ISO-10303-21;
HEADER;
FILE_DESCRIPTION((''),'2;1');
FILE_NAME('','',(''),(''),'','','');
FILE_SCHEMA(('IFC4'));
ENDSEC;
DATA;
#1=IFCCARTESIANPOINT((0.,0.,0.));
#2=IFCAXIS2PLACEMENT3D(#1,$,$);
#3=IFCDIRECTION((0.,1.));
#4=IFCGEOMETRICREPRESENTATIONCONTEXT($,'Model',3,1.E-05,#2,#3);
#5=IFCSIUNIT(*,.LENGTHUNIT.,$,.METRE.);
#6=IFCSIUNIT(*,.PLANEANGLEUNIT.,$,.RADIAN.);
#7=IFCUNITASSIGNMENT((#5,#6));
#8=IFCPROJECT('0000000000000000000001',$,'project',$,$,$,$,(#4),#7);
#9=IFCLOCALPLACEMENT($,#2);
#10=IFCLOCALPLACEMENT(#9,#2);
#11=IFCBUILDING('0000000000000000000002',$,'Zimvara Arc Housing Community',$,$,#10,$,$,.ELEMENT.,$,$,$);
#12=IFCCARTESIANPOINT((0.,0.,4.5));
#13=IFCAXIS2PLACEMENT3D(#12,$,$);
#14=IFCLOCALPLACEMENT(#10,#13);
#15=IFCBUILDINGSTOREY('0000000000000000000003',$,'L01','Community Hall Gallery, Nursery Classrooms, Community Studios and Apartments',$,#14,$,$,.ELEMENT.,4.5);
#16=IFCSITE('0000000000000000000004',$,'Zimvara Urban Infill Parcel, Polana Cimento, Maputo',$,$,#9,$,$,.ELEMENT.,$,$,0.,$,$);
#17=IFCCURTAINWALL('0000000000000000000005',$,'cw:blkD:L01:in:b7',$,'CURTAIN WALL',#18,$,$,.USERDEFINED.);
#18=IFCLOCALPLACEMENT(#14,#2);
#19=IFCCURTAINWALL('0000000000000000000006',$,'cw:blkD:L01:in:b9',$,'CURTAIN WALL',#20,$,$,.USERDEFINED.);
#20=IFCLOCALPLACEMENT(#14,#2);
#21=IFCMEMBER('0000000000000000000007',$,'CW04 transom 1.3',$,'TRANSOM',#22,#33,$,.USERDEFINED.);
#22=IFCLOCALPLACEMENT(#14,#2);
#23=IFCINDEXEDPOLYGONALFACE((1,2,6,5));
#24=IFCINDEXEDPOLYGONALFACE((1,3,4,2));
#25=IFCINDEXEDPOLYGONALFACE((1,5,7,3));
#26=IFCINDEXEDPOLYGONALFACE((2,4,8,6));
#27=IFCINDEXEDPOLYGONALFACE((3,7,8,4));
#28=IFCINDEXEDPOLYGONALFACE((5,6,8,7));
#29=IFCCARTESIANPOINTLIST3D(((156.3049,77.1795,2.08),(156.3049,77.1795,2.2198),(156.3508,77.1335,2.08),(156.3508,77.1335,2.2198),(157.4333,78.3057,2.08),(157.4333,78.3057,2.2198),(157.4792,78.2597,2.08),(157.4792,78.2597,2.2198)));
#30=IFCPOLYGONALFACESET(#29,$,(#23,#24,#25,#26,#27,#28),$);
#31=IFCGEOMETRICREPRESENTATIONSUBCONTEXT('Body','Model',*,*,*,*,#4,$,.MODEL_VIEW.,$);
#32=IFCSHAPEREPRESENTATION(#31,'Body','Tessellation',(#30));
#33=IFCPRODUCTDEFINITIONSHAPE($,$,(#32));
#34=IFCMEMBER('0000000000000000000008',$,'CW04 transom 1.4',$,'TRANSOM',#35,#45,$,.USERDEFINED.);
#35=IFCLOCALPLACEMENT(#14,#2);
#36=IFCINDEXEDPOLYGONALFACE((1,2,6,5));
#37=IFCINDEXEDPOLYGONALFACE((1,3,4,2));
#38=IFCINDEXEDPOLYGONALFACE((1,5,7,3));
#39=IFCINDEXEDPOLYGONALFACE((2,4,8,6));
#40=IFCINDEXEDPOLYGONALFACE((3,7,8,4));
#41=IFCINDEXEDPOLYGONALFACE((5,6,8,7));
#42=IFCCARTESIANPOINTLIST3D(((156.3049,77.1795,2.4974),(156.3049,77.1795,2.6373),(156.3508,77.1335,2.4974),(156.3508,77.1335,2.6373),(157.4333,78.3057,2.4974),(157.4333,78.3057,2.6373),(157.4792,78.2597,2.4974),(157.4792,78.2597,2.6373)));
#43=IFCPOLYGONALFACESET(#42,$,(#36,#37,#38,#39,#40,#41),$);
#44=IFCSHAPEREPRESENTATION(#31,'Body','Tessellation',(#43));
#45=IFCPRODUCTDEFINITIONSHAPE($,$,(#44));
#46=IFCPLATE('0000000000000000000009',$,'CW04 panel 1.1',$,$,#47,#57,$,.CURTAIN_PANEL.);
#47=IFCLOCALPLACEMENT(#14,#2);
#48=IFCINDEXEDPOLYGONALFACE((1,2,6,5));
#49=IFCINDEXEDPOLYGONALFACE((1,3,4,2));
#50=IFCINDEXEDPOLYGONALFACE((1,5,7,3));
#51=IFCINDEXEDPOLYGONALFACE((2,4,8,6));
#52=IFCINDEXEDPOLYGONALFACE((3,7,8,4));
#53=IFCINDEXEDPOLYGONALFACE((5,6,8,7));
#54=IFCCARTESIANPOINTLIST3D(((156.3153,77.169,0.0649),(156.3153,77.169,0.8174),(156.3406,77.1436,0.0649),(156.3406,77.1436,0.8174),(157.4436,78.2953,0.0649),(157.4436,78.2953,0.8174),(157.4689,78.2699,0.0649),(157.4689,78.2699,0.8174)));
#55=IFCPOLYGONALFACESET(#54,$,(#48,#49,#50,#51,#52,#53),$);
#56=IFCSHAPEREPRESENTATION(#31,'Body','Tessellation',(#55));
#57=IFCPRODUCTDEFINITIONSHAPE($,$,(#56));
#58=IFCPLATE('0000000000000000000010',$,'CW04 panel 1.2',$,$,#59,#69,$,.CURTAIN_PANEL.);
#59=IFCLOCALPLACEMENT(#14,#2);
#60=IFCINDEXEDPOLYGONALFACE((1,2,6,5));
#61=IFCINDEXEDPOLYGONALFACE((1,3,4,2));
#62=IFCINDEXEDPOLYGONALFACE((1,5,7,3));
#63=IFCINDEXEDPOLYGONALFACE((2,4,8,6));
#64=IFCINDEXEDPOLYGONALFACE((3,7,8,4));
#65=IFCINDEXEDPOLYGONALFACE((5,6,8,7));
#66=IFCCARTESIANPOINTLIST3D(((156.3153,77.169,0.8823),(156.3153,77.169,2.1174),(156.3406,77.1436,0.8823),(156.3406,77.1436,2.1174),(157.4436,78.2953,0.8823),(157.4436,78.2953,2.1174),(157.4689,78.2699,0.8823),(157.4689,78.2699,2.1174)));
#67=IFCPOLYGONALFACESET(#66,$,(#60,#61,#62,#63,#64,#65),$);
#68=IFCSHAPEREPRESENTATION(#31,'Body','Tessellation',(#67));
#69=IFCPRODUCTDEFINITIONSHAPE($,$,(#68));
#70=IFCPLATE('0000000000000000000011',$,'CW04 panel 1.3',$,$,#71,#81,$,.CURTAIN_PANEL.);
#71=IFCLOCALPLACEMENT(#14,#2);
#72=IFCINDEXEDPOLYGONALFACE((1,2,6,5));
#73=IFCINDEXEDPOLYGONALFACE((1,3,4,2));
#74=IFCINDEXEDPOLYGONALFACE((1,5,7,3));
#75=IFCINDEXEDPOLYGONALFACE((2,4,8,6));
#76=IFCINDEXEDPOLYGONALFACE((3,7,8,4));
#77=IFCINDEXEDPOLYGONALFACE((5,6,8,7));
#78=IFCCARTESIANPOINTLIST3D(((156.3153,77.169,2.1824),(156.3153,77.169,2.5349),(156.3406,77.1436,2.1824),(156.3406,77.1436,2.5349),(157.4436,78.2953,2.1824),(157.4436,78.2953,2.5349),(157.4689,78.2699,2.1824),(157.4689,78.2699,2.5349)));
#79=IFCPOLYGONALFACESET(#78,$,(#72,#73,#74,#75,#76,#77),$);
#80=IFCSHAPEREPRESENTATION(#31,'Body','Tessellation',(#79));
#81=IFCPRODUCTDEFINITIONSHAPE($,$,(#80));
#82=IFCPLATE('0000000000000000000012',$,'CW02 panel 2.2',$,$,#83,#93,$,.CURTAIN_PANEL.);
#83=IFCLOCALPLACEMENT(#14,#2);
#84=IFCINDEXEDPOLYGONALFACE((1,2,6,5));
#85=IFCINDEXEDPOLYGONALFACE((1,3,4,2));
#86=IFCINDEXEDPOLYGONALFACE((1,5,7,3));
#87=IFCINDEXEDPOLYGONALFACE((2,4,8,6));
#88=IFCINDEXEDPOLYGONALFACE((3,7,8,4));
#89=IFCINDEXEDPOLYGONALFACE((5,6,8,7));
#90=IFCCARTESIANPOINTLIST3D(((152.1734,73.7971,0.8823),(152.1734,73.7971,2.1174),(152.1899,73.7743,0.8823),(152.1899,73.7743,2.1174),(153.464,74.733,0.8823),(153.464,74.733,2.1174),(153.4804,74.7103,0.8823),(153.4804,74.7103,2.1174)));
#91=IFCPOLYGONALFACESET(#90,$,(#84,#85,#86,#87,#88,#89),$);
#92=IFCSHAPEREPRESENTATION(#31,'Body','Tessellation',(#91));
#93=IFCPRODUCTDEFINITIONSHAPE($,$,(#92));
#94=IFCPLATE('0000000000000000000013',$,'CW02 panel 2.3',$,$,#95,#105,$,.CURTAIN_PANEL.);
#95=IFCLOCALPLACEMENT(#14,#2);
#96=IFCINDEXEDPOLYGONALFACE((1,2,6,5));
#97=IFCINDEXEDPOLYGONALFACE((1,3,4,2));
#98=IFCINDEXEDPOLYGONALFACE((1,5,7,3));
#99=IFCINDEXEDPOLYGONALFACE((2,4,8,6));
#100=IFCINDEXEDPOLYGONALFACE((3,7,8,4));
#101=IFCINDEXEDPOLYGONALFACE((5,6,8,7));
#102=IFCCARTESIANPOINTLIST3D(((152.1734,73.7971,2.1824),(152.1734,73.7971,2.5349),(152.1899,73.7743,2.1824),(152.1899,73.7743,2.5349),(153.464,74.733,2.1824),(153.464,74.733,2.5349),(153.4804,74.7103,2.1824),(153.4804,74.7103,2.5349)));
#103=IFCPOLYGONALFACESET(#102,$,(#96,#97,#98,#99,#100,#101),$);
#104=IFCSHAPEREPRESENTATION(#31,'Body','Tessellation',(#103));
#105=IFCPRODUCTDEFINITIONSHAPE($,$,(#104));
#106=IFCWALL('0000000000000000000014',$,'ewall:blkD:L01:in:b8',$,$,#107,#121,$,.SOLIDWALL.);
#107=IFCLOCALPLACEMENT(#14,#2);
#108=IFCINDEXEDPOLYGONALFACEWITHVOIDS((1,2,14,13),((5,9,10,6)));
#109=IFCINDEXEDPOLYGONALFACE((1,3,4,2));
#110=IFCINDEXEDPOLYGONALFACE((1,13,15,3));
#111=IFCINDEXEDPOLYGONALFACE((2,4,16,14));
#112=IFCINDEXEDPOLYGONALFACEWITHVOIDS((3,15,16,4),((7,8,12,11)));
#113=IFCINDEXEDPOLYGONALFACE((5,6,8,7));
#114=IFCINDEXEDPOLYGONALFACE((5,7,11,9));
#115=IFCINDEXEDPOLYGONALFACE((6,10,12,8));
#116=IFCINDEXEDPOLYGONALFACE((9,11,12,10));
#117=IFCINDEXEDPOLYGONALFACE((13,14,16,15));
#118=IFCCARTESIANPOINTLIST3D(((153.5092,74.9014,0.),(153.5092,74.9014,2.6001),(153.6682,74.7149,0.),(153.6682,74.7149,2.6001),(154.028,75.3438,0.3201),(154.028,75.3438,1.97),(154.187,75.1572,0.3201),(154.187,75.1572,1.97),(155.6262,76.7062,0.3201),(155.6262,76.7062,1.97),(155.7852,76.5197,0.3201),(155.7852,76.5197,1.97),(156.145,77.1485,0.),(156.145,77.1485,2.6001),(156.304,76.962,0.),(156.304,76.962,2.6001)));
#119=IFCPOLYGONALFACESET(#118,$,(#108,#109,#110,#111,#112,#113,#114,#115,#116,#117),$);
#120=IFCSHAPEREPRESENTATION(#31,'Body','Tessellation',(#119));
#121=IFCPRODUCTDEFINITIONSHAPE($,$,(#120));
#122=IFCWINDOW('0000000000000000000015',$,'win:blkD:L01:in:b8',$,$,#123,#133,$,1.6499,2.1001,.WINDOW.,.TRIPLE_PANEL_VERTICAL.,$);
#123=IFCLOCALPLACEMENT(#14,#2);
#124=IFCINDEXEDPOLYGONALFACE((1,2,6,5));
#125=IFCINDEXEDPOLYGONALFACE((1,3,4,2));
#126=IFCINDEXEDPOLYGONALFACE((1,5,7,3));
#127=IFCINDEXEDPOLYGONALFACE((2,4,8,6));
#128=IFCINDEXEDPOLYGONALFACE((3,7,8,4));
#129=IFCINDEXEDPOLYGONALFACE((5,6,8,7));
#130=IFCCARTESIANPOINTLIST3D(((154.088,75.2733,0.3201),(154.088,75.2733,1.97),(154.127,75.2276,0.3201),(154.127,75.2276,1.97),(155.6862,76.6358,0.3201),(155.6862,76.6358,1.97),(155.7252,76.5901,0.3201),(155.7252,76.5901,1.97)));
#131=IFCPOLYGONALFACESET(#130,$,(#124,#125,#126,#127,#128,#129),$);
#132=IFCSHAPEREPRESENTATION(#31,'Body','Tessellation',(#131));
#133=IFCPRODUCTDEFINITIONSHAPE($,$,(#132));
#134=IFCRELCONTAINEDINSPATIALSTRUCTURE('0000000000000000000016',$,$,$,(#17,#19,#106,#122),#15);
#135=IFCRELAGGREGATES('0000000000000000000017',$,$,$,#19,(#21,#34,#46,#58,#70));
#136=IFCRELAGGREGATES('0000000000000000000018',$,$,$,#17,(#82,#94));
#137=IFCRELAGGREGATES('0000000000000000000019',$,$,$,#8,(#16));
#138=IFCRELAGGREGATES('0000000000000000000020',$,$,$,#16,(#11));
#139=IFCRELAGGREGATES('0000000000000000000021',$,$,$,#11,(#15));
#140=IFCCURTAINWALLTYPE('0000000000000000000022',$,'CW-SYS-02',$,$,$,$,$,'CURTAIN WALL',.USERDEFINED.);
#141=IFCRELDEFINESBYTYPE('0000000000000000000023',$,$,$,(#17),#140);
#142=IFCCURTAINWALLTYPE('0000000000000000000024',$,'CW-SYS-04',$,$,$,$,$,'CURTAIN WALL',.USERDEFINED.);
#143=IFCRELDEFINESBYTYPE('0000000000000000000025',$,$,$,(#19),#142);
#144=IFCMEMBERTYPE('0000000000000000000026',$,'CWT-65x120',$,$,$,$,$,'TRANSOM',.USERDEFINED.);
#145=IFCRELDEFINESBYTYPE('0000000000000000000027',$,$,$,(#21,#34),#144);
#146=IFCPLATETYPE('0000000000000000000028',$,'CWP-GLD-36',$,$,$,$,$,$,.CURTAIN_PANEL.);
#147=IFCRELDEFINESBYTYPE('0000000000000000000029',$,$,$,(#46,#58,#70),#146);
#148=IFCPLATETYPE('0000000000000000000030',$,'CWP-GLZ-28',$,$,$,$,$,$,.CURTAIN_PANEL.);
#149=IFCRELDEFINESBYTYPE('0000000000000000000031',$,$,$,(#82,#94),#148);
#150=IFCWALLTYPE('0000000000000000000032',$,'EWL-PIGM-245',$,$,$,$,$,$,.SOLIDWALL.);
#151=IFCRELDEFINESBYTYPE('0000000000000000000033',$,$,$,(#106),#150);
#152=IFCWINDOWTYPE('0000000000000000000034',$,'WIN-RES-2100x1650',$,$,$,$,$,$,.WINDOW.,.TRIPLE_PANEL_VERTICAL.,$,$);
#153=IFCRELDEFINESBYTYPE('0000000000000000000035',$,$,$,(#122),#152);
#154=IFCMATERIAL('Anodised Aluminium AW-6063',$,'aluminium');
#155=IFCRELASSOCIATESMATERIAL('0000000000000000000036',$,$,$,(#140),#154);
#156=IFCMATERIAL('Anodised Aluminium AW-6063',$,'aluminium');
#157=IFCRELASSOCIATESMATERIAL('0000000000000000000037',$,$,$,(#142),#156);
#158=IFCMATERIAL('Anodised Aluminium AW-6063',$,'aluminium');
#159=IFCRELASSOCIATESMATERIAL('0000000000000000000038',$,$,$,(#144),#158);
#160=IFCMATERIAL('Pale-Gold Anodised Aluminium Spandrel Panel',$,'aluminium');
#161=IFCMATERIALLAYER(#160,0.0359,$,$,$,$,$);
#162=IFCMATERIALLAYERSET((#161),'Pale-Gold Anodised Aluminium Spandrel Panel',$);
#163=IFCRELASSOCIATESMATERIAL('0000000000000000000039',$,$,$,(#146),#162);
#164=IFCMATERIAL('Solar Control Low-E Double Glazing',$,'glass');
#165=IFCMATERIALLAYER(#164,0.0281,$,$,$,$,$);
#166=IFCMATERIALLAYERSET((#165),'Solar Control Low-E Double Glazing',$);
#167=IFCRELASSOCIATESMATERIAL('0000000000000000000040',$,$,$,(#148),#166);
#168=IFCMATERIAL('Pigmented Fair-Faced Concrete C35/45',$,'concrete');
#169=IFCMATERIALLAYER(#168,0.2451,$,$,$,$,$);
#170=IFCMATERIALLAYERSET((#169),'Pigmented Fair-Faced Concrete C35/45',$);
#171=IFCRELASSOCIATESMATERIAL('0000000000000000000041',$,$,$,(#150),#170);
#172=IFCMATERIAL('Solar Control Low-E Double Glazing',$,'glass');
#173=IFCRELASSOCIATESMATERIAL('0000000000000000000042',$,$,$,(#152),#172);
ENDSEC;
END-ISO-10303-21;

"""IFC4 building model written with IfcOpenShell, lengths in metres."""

from ifc_helpers import new_model, si_unit, direction, frame, frame_2d, origin, origin_2d, place, context, subcontext, project, spatial, rectangle, extrude, material, layer, layer_set, material_profile, profile_set, type_object, element, fill, aggregate, save


model = new_model("IFC4")

# Units and contexts
model_context = context("Model", 3, precision=1e-05, world=origin(), true_north=direction((0.0, 1.0)))
body_context = subcontext(model_context, "Body", "Model", "MODEL_VIEW")
ifc_project = project(units=[si_unit("LENGTHUNIT", "METRE"), si_unit("PLANEANGLEUNIT", "RADIAN")], contexts=[model_context])

# Site, building, storey
site_placement = place(None, origin())
site = spatial("IfcSite", under=ifc_project, at=site_placement, Name="Zimvara Urban Infill Parcel, Polana Cimento, Maputo", CompositionType="ELEMENT", RefElevation=0.0)
building_placement = place(site_placement, origin())
building = spatial("IfcBuilding", under=site, at=building_placement, Name="Zimvara Arc Housing Community", CompositionType="ELEMENT")
storey_placement = place(building_placement, frame((0.0, 0.0, 4.5)))
storey = spatial("IfcBuildingStorey", under=building, at=storey_placement, Name="L01", Description="Community Hall Gallery, Nursery Classrooms, Community Studios and Apartments", CompositionType="ELEMENT", Elevation=4.5)

# Curtain wall
ifc_material_1 = material(Name="Anodised Aluminium AW-6063", Category="aluminium")
curtain_wall_type_1 = type_object("IfcCurtainWallType", Name="CW-SYS-02", ElementType="CURTAIN WALL", PredefinedType="USERDEFINED", material=ifc_material_1)
curtain_wall_1_placement = place(storey_placement, origin())
curtain_wall_1 = element("IfcCurtainWall", 1, at=curtain_wall_1_placement, inside=storey, type_object=curtain_wall_type_1, Name="cw:blkD:L01:in:b7", ObjectType="CURTAIN WALL", PredefinedType="USERDEFINED")

# Curtain wall, members, plates
ifc_material_2 = material(Name="Anodised Aluminium AW-6063", Category="aluminium")
curtain_wall_type_2 = type_object("IfcCurtainWallType", Name="CW-SYS-04", ElementType="CURTAIN WALL", PredefinedType="USERDEFINED", material=ifc_material_2)
curtain_wall_2_placement = place(storey_placement, origin())
curtain_wall_2 = element("IfcCurtainWall", 2, at=curtain_wall_2_placement, inside=storey, type_object=curtain_wall_type_2, Name="cw:blkD:L01:in:b9", ObjectType="CURTAIN WALL", PredefinedType="USERDEFINED")
ifc_material_3 = material(Name="Anodised Aluminium AW-6063", Category="aluminium")
ifc_material_profile_1 = material_profile(ifc_material_3, rectangle(XDim=0.0649, YDim=0.1399, at=origin_2d()), Name="ALU 65x140")
ifc_profile_set_1 = profile_set([ifc_material_profile_1], Name="Anodised Aluminium AW-6063")
member_type_1 = type_object("IfcMemberType", Name="CWT-65x120", ElementType="TRANSOM", PredefinedType="USERDEFINED", material=ifc_profile_set_1)
member_1_placement = place(storey_placement, frame((156.3279, 77.1565, 2.1499), z_axis=(0.707796, 0.706417, 0.0), x_axis=(-0.706417, 0.707796, 0.0)))
member_1 = element("IfcMember", 3, at=member_1_placement, type_object=member_type_1, Name="CW04 transom 1.3", ObjectType="TRANSOM", PredefinedType="USERDEFINED", context=body_context, shape_type="SweptSolid", body=[
    extrude(rectangle(XDim=0.0649, YDim=0.1399, at=origin_2d()), origin(), (0.0, 0.0, 1.0), 1.5942),
])
member_2_placement = place(storey_placement, frame((156.3279, 77.1565, 2.5674), z_axis=(0.707796, 0.706417, 0.0), x_axis=(-0.706417, 0.707796, 0.0)))
member_2 = element("IfcMember", 4, at=member_2_placement, type_object=member_type_1, Name="CW04 transom 1.4", ObjectType="TRANSOM", PredefinedType="USERDEFINED", context=body_context, shape_type="SweptSolid", body=[
    extrude(rectangle(XDim=0.0649, YDim=0.1399, at=origin_2d()), origin(), (0.0, 0.0, 1.0), 1.5942),
])
ifc_material_4 = material(Name="Pale-Gold Anodised Aluminium Spandrel Panel", Category="aluminium")
ifc_layer_1 = layer(ifc_material_4, 0.0359)
ifc_layer_set_1 = layer_set([ifc_layer_1], Name="Pale-Gold Anodised Aluminium Spandrel Panel")
plate_type_1 = type_object("IfcPlateType", Name="CWP-GLD-36", PredefinedType="CURTAIN_PANEL", material=ifc_layer_set_1)
plate_1_placement = place(storey_placement, frame((156.8921, 77.7195, 0.0649), z_axis=(0.0, 0.0, 1.0), x_axis=(0.707723, 0.70649, 0.0)))
plate_1 = element("IfcPlate", 5, at=plate_1_placement, type_object=plate_type_1, Name="CW04 panel 1.1", PredefinedType="CURTAIN_PANEL", context=body_context, shape_type="SweptSolid", body=[
    extrude(rectangle(XDim=1.5942, YDim=0.0359, at=origin_2d()), origin(), (0.0, 0.0, 1.0), 0.7524),
])
plate_2_placement = place(storey_placement, frame((156.8921, 77.7195, 0.8823), z_axis=(0.0, 0.0, 1.0), x_axis=(0.707723, 0.70649, 0.0)))
plate_2 = element("IfcPlate", 6, at=plate_2_placement, type_object=plate_type_1, Name="CW04 panel 1.2", PredefinedType="CURTAIN_PANEL", context=body_context, shape_type="SweptSolid", body=[
    extrude(rectangle(XDim=1.5942, YDim=0.0359, at=origin_2d()), origin(), (0.0, 0.0, 1.0), 1.2351),
])
plate_3_placement = place(storey_placement, frame((156.8921, 77.7195, 2.1824), z_axis=(0.0, 0.0, 1.0), x_axis=(0.707723, 0.70649, 0.0)))
plate_3 = element("IfcPlate", 7, at=plate_3_placement, type_object=plate_type_1, Name="CW04 panel 1.3", PredefinedType="CURTAIN_PANEL", context=body_context, shape_type="SweptSolid", body=[
    extrude(rectangle(XDim=1.5942, YDim=0.0359, at=origin_2d()), origin(), (0.0, 0.0, 1.0), 0.3525),
])
aggregate(curtain_wall_2, [member_1, member_2, plate_1, plate_2, plate_3])

# Plates
ifc_material_5 = material(Name="Solar Control Low-E Double Glazing", Category="glass")
ifc_layer_2 = layer(ifc_material_5, 0.0281)
ifc_layer_set_2 = layer_set([ifc_layer_2], Name="Solar Control Low-E Double Glazing")
plate_type_2 = type_object("IfcPlateType", Name="CWP-GLZ-28", PredefinedType="CURTAIN_PANEL", material=ifc_layer_set_2)
plate_4_placement = place(storey_placement, frame((152.8269, 74.2537, 0.8823), z_axis=(0.0, 0.0, 1.0), x_axis=(0.809529, 0.587079, 0.0)))
plate_4 = element("IfcPlate", 8, at=plate_4_placement, type_object=plate_type_2, Name="CW02 panel 2.2", PredefinedType="CURTAIN_PANEL", context=body_context, shape_type="SweptSolid", body=[
    extrude(rectangle(XDim=1.5942, YDim=0.0281, at=origin_2d()), origin(), (0.0, 0.0, 1.0), 1.2351),
])
plate_5_placement = place(storey_placement, frame((152.8269, 74.2537, 2.1824), z_axis=(0.0, 0.0, 1.0), x_axis=(0.809529, 0.587079, 0.0)))
plate_5 = element("IfcPlate", 9, at=plate_5_placement, type_object=plate_type_2, Name="CW02 panel 2.3", PredefinedType="CURTAIN_PANEL", context=body_context, shape_type="SweptSolid", body=[
    extrude(rectangle(XDim=1.5942, YDim=0.0281, at=origin_2d()), origin(), (0.0, 0.0, 1.0), 0.3525),
])
aggregate(curtain_wall_1, [plate_4, plate_5])

# Wall, opening, window
ifc_material_6 = material(Name="Pigmented Fair-Faced Concrete C35/45", Category="concrete")
ifc_layer_3 = layer(ifc_material_6, 0.2451)
ifc_layer_set_3 = layer_set([ifc_layer_3], Name="Pigmented Fair-Faced Concrete C35/45")
wall_type = type_object("IfcWallType", Name="EWL-PIGM-245", PredefinedType="SOLIDWALL", material=ifc_layer_set_3)
wall_placement = place(storey_placement, frame((153.5886, 74.8081, 0.0), z_axis=(0.0, 0.0, 1.0), x_axis=(0.760985, 0.648769, 0.0)))
wall = element("IfcWall", 10, at=wall_placement, inside=storey, type_object=wall_type, Name="ewall:blkD:L01:in:b8", PredefinedType="SOLIDWALL", context=body_context, shape_type="SweptSolid", body=[
    extrude(rectangle(XDim=3.4636, YDim=0.2451, at=frame_2d((1.7319, 0.0))), origin(), (0.0, 0.0, 1.0), 2.6001),
])
opening_placement = place(wall_placement, frame((0.6819, 0.0, 0.3201)))
opening = element("IfcOpeningElement", 11, at=opening_placement, cuts=wall, PredefinedType="OPENING", context=body_context, shape_type="SweptSolid", body=[
    extrude(rectangle(XDim=2.1001, YDim=1.6499, at=frame_2d((1.05, 0.825))), frame((0.0, 0.1326, 0.0), z_axis=(0.0, -1.0, 0.0), x_axis=(1.0, 0.0, 0.0)), (0.0, 0.0, 1.0), 0.2651),
])
ifc_material_7 = material(Name="Solar Control Low-E Double Glazing", Category="glass")
window_type = type_object("IfcWindowType", Name="WIN-RES-2100x1650", PartitioningType="TRIPLE_PANEL_VERTICAL", PredefinedType="WINDOW", material=ifc_material_7)
window_placement = place(opening_placement, origin())
window = element("IfcWindow", 12, at=window_placement, inside=storey, type_object=window_type, Name="win:blkD:L01:in:b8", OverallHeight=1.6499, OverallWidth=2.1001, PartitioningType="TRIPLE_PANEL_VERTICAL", PredefinedType="WINDOW", context=body_context, shape_type="SweptSolid", body=[
    extrude(rectangle(XDim=2.1001, YDim=1.6499, at=frame_2d((1.05, 0.825))), frame((0.0, 0.03, 0.0), z_axis=(0.0, -1.0, 0.0), x_axis=(1.0, 0.0, 0.0)), (0.0, 0.0, 1.0), 0.0601),
])
fill(opening, window)

save(model, "model.ifc")
